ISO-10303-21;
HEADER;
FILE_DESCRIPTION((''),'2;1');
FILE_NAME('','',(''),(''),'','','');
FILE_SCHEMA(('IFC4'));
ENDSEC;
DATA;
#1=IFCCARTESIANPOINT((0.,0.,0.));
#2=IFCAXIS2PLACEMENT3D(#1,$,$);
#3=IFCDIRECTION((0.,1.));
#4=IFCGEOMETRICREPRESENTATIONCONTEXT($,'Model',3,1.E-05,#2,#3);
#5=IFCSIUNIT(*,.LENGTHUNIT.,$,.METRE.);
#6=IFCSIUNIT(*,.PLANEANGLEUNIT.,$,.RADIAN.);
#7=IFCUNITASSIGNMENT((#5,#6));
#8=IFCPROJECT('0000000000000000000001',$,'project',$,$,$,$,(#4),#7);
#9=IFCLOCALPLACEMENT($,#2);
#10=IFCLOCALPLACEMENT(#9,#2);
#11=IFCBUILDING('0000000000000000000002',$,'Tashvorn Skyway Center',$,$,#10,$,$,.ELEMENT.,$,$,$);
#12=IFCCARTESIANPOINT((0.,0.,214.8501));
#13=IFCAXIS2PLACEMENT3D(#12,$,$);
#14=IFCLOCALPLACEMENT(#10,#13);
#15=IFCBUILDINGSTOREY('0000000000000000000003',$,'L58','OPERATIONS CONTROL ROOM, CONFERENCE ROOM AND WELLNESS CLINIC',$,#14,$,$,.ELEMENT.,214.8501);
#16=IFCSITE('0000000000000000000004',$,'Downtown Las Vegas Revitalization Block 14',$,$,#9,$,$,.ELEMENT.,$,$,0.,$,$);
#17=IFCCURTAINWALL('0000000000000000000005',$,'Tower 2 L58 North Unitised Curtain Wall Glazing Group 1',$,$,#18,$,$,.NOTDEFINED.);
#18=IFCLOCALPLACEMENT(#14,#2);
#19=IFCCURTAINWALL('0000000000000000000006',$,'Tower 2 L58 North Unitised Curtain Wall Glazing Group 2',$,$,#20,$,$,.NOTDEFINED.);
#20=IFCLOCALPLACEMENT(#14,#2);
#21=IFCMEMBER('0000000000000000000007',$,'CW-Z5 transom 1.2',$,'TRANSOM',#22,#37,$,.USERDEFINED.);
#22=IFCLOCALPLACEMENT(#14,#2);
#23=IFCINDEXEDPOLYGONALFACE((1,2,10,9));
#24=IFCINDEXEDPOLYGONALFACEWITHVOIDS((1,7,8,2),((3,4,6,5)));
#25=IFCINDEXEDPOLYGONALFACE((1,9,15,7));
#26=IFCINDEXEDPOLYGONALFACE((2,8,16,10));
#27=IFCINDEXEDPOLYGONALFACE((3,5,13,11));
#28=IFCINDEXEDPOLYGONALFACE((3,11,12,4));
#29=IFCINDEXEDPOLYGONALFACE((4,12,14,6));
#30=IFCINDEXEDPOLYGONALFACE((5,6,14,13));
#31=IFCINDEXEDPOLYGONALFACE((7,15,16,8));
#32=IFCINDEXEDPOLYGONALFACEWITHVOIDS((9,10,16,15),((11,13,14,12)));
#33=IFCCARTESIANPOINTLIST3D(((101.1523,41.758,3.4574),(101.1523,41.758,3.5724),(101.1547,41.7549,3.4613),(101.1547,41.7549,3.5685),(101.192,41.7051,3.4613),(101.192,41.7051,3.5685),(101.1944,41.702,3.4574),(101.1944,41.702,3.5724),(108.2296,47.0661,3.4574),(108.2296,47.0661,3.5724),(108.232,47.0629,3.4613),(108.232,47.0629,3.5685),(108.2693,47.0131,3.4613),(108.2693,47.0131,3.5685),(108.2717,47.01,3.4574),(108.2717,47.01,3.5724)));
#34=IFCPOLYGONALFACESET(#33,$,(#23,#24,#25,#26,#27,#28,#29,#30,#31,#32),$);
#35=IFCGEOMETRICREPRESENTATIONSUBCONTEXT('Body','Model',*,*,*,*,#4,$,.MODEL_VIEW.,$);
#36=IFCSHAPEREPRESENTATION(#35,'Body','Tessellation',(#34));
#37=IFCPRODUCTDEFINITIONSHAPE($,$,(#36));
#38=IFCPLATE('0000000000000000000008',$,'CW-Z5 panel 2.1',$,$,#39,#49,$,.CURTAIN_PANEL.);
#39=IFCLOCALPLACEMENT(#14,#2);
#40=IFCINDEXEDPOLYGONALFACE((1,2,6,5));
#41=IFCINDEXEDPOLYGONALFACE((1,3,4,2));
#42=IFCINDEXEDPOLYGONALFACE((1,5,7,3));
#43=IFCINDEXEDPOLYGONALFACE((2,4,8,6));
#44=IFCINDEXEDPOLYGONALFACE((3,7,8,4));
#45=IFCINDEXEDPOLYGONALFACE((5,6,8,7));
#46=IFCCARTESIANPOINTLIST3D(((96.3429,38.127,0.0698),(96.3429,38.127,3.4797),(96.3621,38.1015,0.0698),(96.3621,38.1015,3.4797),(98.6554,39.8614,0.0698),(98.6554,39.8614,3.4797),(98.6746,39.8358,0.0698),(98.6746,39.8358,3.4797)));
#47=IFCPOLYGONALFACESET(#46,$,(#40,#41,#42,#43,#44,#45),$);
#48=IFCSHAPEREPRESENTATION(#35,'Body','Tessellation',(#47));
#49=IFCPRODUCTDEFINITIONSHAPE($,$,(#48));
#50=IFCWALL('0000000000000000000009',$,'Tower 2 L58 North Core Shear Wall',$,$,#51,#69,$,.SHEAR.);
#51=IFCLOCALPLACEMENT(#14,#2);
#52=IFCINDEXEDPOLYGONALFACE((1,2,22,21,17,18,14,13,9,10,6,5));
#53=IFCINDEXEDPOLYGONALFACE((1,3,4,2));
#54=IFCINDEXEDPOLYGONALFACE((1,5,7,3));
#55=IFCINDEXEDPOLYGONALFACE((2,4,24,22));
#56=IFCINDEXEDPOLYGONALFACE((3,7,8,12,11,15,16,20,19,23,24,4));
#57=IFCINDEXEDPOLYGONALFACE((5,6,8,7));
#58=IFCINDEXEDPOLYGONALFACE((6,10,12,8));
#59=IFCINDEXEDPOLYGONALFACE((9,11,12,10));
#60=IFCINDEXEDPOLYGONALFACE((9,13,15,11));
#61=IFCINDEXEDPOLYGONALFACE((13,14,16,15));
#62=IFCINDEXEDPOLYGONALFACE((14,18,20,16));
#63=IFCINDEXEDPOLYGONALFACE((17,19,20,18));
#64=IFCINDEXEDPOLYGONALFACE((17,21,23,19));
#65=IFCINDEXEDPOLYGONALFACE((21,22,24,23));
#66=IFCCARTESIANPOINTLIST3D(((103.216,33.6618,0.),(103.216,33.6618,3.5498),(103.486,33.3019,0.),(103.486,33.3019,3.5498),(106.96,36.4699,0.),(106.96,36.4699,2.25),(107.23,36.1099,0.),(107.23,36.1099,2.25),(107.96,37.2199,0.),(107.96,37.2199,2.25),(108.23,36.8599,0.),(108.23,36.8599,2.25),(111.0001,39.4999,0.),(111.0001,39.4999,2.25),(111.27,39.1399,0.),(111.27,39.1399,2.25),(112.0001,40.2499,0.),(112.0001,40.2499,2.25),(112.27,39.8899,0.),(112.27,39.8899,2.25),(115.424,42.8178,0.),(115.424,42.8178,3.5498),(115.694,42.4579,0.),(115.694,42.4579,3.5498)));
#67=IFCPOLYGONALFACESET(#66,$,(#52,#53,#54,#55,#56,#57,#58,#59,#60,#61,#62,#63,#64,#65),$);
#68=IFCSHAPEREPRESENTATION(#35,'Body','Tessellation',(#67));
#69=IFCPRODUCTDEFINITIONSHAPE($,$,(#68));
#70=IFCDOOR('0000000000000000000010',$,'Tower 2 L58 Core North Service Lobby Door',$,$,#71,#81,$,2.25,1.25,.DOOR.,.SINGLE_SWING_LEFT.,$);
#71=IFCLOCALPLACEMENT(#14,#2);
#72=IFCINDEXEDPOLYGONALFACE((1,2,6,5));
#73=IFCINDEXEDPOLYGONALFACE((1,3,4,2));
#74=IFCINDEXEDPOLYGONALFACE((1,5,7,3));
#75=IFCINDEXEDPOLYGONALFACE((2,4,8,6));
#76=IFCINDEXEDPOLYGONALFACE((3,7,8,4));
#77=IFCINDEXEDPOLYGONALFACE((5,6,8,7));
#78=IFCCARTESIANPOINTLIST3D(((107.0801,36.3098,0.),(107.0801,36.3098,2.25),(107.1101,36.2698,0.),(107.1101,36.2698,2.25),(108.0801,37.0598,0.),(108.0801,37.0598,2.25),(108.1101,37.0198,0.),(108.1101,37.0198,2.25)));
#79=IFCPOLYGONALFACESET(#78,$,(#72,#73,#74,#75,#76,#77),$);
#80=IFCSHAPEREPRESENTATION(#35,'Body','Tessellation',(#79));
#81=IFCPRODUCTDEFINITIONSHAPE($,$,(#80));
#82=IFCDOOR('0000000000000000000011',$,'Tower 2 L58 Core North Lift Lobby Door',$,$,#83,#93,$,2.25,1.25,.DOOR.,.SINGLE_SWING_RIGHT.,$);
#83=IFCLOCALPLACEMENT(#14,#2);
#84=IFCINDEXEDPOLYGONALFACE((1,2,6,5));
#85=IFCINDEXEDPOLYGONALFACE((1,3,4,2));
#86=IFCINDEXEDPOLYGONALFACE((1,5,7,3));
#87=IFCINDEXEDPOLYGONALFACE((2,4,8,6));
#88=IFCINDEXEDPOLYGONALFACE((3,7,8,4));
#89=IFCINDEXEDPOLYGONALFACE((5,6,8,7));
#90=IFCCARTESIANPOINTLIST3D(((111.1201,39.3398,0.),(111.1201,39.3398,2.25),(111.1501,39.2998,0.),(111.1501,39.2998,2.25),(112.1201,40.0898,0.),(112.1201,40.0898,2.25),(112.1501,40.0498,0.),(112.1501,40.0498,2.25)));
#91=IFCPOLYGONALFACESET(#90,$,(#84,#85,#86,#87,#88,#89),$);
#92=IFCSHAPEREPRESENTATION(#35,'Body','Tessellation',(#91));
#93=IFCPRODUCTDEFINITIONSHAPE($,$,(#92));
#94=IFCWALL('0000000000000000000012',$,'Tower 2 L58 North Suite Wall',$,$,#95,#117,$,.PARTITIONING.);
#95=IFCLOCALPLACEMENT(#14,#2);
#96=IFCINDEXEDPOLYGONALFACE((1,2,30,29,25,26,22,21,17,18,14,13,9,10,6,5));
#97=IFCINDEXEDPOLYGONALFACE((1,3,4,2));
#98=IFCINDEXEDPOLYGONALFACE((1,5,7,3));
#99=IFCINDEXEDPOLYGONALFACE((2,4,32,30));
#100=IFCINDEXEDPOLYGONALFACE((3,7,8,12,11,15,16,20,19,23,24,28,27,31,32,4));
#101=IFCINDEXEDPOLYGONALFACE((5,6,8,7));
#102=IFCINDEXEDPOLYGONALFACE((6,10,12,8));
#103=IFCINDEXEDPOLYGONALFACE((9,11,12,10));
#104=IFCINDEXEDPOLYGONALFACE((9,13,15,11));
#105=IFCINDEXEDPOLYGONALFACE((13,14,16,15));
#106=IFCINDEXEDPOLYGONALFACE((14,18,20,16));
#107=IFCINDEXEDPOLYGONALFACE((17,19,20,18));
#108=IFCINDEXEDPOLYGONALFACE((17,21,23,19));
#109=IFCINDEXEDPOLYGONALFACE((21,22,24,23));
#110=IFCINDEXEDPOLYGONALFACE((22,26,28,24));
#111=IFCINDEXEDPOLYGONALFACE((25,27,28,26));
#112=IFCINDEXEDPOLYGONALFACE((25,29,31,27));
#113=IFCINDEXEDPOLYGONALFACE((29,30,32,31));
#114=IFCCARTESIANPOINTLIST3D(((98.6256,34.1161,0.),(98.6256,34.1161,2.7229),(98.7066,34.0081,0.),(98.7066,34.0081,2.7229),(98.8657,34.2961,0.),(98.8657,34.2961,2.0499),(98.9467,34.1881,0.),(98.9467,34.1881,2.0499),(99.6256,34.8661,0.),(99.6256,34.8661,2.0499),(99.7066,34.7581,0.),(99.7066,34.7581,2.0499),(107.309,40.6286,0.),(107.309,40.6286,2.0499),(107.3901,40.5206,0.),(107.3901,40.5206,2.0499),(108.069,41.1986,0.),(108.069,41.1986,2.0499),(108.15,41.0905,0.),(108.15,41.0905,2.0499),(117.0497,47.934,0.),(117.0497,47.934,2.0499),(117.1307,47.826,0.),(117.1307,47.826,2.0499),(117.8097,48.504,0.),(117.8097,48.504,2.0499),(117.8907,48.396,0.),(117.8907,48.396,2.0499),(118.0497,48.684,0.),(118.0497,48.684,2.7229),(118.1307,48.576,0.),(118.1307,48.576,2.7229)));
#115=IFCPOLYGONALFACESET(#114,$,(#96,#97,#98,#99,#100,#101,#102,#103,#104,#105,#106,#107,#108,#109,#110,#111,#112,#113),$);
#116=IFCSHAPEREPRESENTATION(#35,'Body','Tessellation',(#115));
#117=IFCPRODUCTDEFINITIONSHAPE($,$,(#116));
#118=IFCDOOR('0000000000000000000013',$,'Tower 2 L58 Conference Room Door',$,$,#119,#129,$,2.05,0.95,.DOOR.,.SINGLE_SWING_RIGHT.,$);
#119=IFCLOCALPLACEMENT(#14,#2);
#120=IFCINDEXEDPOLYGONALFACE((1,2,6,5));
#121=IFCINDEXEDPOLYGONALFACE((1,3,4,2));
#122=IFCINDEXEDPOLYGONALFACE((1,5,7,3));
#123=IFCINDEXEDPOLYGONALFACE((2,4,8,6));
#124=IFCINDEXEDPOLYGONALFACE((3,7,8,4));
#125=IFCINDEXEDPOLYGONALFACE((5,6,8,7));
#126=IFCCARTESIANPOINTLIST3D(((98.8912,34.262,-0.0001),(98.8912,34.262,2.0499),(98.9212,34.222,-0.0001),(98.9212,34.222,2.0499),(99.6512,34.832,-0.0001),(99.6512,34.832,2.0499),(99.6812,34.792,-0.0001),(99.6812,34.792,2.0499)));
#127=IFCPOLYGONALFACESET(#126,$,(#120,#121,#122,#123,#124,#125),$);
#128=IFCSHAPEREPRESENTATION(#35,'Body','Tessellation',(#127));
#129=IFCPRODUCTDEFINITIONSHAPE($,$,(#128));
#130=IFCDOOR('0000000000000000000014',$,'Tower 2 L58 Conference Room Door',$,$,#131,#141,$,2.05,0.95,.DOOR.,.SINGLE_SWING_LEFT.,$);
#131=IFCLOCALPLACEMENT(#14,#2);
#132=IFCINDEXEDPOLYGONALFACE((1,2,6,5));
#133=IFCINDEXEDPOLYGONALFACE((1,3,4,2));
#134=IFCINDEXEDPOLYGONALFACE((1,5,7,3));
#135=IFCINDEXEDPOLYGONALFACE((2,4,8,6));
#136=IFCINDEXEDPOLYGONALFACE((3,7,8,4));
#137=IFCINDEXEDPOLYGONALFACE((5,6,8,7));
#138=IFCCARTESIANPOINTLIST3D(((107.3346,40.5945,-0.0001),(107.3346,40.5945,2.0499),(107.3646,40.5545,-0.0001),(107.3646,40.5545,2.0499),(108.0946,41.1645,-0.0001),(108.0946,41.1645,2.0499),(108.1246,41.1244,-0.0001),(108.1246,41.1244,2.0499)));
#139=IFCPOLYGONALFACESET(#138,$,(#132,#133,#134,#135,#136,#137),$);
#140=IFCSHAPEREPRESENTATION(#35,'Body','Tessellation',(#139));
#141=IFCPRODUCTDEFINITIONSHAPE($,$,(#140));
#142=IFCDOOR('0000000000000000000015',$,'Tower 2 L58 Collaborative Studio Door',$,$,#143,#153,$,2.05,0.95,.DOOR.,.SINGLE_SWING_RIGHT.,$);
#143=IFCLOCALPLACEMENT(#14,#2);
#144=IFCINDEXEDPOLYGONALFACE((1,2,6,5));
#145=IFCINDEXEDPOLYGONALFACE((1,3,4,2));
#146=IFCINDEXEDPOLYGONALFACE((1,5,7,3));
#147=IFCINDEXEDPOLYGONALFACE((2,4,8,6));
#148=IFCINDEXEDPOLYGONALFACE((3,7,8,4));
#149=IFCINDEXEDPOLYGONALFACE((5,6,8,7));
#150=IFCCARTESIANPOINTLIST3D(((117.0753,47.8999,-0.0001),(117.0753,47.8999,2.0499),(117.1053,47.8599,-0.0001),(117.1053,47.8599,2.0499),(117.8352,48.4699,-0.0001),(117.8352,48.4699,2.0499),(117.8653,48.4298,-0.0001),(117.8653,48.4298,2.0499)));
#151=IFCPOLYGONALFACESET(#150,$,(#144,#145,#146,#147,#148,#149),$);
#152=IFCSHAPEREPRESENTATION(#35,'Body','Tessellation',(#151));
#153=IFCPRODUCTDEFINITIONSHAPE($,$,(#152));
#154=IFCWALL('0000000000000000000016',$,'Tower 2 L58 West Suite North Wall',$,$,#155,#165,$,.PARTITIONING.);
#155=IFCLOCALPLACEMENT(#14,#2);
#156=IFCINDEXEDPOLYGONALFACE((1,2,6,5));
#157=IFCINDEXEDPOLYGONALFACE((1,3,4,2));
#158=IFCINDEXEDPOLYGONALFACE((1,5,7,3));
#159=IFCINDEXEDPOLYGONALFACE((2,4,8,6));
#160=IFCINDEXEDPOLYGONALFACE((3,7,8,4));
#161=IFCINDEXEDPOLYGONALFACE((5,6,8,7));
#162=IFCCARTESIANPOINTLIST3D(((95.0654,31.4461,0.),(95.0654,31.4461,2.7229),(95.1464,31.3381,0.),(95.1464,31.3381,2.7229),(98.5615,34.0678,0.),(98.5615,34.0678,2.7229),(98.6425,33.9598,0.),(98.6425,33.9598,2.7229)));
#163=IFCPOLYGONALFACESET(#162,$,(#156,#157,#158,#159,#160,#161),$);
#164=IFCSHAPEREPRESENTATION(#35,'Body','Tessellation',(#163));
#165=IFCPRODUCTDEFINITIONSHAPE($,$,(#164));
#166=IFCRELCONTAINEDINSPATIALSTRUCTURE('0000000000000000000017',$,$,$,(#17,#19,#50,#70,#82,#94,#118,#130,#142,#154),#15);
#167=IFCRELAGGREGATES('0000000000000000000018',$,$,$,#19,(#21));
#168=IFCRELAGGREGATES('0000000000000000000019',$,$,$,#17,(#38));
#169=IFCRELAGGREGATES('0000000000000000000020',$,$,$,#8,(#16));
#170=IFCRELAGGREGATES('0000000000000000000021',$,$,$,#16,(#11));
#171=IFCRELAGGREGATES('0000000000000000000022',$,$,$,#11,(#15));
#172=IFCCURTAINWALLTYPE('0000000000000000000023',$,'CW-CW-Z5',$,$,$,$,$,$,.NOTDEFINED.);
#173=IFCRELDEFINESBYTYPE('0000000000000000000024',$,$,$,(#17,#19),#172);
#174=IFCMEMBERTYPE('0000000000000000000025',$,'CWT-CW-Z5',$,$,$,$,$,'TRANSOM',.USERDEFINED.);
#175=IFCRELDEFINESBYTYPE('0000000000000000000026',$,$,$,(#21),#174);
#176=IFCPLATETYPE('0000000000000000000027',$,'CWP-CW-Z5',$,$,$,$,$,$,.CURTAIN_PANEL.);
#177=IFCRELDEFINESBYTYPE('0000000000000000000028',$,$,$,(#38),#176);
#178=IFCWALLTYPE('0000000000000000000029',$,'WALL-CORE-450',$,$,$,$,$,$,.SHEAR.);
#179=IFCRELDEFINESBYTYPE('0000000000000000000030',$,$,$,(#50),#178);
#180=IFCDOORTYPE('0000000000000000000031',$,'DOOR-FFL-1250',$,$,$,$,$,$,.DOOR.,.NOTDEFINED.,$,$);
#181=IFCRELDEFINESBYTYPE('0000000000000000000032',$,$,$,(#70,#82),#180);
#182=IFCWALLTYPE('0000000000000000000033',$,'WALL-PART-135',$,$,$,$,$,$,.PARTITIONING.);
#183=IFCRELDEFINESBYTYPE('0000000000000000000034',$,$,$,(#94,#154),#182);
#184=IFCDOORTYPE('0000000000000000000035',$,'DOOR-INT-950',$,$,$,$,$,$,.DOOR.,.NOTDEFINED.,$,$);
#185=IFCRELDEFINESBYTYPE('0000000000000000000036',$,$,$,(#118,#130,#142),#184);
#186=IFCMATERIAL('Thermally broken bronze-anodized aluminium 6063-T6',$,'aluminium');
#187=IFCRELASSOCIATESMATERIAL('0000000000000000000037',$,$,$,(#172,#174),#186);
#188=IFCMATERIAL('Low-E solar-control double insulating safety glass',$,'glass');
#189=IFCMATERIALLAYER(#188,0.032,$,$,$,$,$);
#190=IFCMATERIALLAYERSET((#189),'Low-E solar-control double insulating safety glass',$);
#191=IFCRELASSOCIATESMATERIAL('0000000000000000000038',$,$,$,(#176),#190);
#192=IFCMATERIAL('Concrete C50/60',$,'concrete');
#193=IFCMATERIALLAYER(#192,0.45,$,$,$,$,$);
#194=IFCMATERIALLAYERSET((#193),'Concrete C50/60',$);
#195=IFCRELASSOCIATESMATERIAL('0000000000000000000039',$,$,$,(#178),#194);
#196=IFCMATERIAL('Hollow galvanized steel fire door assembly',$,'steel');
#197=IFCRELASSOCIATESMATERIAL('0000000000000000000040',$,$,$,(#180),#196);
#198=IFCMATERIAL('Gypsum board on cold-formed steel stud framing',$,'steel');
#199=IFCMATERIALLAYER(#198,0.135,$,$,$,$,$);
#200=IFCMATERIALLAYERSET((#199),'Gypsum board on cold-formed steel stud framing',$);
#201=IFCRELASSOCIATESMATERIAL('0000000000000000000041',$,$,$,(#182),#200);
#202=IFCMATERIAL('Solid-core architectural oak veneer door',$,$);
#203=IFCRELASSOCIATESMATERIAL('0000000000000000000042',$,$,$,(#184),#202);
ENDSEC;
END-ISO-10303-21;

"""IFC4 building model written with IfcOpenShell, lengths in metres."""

from ifc_helpers import new_model, si_unit, direction, frame, frame_2d, origin, origin_2d, place, context, subcontext, project, spatial, rectangle, hollow_rectangle, extrude, material, layer, layer_set, material_profile, profile_set, type_object, element, fill, aggregate, save


model = new_model("IFC4")

# Units and contexts
model_context = context("Model", 3, precision=1e-05, world=origin(), true_north=direction((0.0, 1.0)))
body_context = subcontext(model_context, "Body", "Model", "MODEL_VIEW")
ifc_project = project(units=[si_unit("LENGTHUNIT", "METRE"), si_unit("PLANEANGLEUNIT", "RADIAN")], contexts=[model_context])

# Site, building, storey
site_placement = place(None, origin())
site = spatial("IfcSite", under=ifc_project, at=site_placement, Name="Downtown Las Vegas Revitalization Block 14", CompositionType="ELEMENT", RefElevation=0.0)
building_placement = place(site_placement, origin())
building = spatial("IfcBuilding", under=site, at=building_placement, Name="Tashvorn Skyway Center", CompositionType="ELEMENT")
storey_placement = place(building_placement, frame((0.0, 0.0, 214.8501)))
storey = spatial("IfcBuildingStorey", under=building, at=storey_placement, Name="L58", Description="OPERATIONS CONTROL ROOM, CONFERENCE ROOM AND WELLNESS CLINIC", CompositionType="ELEMENT", Elevation=214.8501)

# Curtain walls
ifc_material_1 = material(Name="Thermally broken bronze-anodized aluminium 6063-T6", Category="aluminium")
curtain_wall_type = type_object("IfcCurtainWallType", Name="CW-CW-Z5", PredefinedType="NOTDEFINED", material=ifc_material_1)
curtain_wall_1_placement = place(storey_placement, origin())
curtain_wall_1 = element("IfcCurtainWall", 1, at=curtain_wall_1_placement, inside=storey, type_object=curtain_wall_type, Name="Tower 2 L58 North Unitised Curtain Wall Glazing Group 1", PredefinedType="NOTDEFINED")
curtain_wall_2_placement = place(storey_placement, origin())
curtain_wall_2 = element("IfcCurtainWall", 2, at=curtain_wall_2_placement, inside=storey, type_object=curtain_wall_type, Name="Tower 2 L58 North Unitised Curtain Wall Glazing Group 2", PredefinedType="NOTDEFINED")

# Member
ifc_material_profile_1 = material_profile(ifc_material_1, hollow_rectangle(XDim=0.0701, YDim=0.115, WallThickness=0.0039, at=origin_2d()), Name="ALU-TRAN-70x115")
ifc_profile_set_1 = profile_set([ifc_material_profile_1], Name="Thermally broken bronze-anodized aluminium 6063-T6")
member_type_1 = type_object("IfcMemberType", Name="CWT-CW-Z5", ElementType="TRANSOM", PredefinedType="USERDEFINED", material=ifc_profile_set_1)
member_1_placement = place(storey_placement, frame((101.1733, 41.73, 3.5149), z_axis=(0.799997, 0.600004, 0.0), x_axis=(-0.600004, 0.799997, 0.0)))
member_1 = element("IfcMember", 3, at=member_1_placement, type_object=member_type_1, Name="CW-Z5 transom 1.2", ObjectType="TRANSOM", PredefinedType="USERDEFINED", context=body_context, shape_type="SweptSolid", body=[
    extrude(hollow_rectangle(XDim=0.0701, YDim=0.115, WallThickness=0.0039, at=origin_2d()), origin(), (0.0, 0.0, 1.0), 8.8467),
])
aggregate(curtain_wall_2, [member_1])

# Plate
ifc_material_2 = material(Name="Low-E solar-control double insulating safety glass", Category="glass")
ifc_layer_1 = layer(ifc_material_2, 0.032)
ifc_layer_set_1 = layer_set([ifc_layer_1], Name="Low-E solar-control double insulating safety glass")
plate_type = type_object("IfcPlateType", Name="CWP-CW-Z5", PredefinedType="CURTAIN_PANEL", material=ifc_layer_set_1)
plate_placement = place(storey_placement, frame((97.5088, 38.9814, 0.0698), z_axis=(0.0, 0.0, 1.0), x_axis=(0.799998, 0.600003, 0.0)))
plate = element("IfcPlate", 4, at=plate_placement, type_object=plate_type, Name="CW-Z5 panel 2.1", PredefinedType="CURTAIN_PANEL", context=body_context, shape_type="SweptSolid", body=[
    extrude(rectangle(XDim=2.8906, YDim=0.032, at=origin_2d()), origin(), (0.0, 0.0, 1.0), 3.4099),
])
aggregate(curtain_wall_1, [plate])

# Walls, openings, doors
ifc_material_3 = material(Name="Concrete C50/60", Category="concrete")
ifc_layer_2 = layer(ifc_material_3, 0.45)
ifc_layer_set_2 = layer_set([ifc_layer_2], Name="Concrete C50/60")
wall_type_1 = type_object("IfcWallType", Name="WALL-CORE-450", PredefinedType="SHEAR", material=ifc_layer_set_2)
wall_1_placement = place(storey_placement, frame((103.3511, 33.4819, 0.0), z_axis=(0.0, 0.0, 1.0), x_axis=(0.8, 0.6, 0.0)))
wall_1 = element("IfcWall", 5, at=wall_1_placement, inside=storey, type_object=wall_type_1, Name="Tower 2 L58 North Core Shear Wall", PredefinedType="SHEAR", context=body_context, shape_type="SweptSolid", body=[
    extrude(rectangle(XDim=15.26, YDim=0.45, at=frame_2d((7.6299, 0.0))), origin(), (0.0, 0.0, 1.0), 3.5498),
])
opening_1_placement = place(wall_1_placement, frame((4.6799, 0.0, 0.0)))
opening_1 = element("IfcOpeningElement", 6, at=opening_1_placement, cuts=wall_1, PredefinedType="OPENING", context=body_context, shape_type="SweptSolid", body=[
    extrude(rectangle(XDim=1.25, YDim=2.25, at=frame_2d((0.625, 1.125))), frame((0.0, 0.2349, 0.0), z_axis=(0.0, -1.0, 0.0), x_axis=(1.0, 0.0, 0.0)), (0.0, 0.0, 1.0), 0.47),
])
opening_2_placement = place(wall_1_placement, frame((9.73, 0.0, 0.0)))
opening_2 = element("IfcOpeningElement", 7, at=opening_2_placement, cuts=wall_1, PredefinedType="OPENING", context=body_context, shape_type="SweptSolid", body=[
    extrude(rectangle(XDim=1.25, YDim=2.25, at=frame_2d((0.625, 1.125))), frame((0.0, 0.2349, 0.0), z_axis=(0.0, -1.0, 0.0), x_axis=(1.0, 0.0, 0.0)), (0.0, 0.0, 1.0), 0.47),
])
ifc_material_4 = material(Name="Hollow galvanized steel fire door assembly", Category="steel")
door_type_1 = type_object("IfcDoorType", Name="DOOR-FFL-1250", OperationType="NOTDEFINED", PredefinedType="DOOR", material=ifc_material_4)
door_1_placement = place(opening_1_placement, origin())
door_1 = element("IfcDoor", 8, at=door_1_placement, inside=storey, type_object=door_type_1, Name="Tower 2 L58 Core North Service Lobby Door", OperationType="SINGLE_SWING_LEFT", OverallHeight=2.25, OverallWidth=1.25, PredefinedType="DOOR", context=body_context, shape_type="SweptSolid", body=[
    extrude(rectangle(XDim=1.25, YDim=2.25, at=frame_2d((0.625, 1.125))), frame((0.0, 0.0249, 0.0), z_axis=(0.0, -1.0, 0.0), x_axis=(1.0, 0.0, 0.0)), (0.0, 0.0, 1.0), 0.05),
])
fill(opening_1, door_1)
door_2_placement = place(opening_2_placement, origin())
door_2 = element("IfcDoor", 9, at=door_2_placement, inside=storey, type_object=door_type_1, Name="Tower 2 L58 Core North Lift Lobby Door", OperationType="SINGLE_SWING_RIGHT", OverallHeight=2.25, OverallWidth=1.25, PredefinedType="DOOR", context=body_context, shape_type="SweptSolid", body=[
    extrude(rectangle(XDim=1.25, YDim=2.25, at=frame_2d((0.625, 1.125))), frame((0.0, 0.0249, 0.0), z_axis=(0.0, -1.0, 0.0), x_axis=(1.0, 0.0, 0.0)), (0.0, 0.0, 1.0), 0.05),
])
fill(opening_2, door_2)
ifc_material_5 = material(Name="Gypsum board on cold-formed steel stud framing", Category="steel")
ifc_layer_3 = layer(ifc_material_5, 0.135)
ifc_layer_set_3 = layer_set([ifc_layer_3], Name="Gypsum board on cold-formed steel stud framing")
wall_type_2 = type_object("IfcWallType", Name="WALL-PART-135", PredefinedType="PARTITIONING", material=ifc_layer_set_3)
wall_2_placement = place(storey_placement, frame((98.666, 34.062, 0.0), z_axis=(0.0, 0.0, 1.0), x_axis=(0.800004, 0.599995, 0.0)))
wall_2 = element("IfcWall", 10, at=wall_2_placement, inside=storey, type_object=wall_type_2, Name="Tower 2 L58 North Suite Wall", PredefinedType="PARTITIONING", context=body_context, shape_type="SweptSolid", body=[
    extrude(rectangle(XDim=24.28, YDim=0.135, at=frame_2d((12.1401, 0.0))), origin(), (0.0, 0.0, 1.0), 2.7229),
])
opening_3_placement = place(wall_2_placement, frame((0.3, 0.0, 0.0)))
opening_3 = element("IfcOpeningElement", 11, at=opening_3_placement, cuts=wall_2, PredefinedType="OPENING", context=body_context, shape_type="SweptSolid", body=[
    extrude(rectangle(XDim=0.95, YDim=2.05, at=frame_2d((0.4751, 1.0249))), frame((0.0, 0.0774, 0.0), z_axis=(0.0, -1.0, 0.0), x_axis=(1.0, 0.0, 0.0)), (0.0, 0.0, 1.0), 0.155),
])
opening_4_placement = place(wall_2_placement, frame((10.8542, 0.0, 0.0)))
opening_4 = element("IfcOpeningElement", 12, at=opening_4_placement, cuts=wall_2, PredefinedType="OPENING", context=body_context, shape_type="SweptSolid", body=[
    extrude(rectangle(XDim=0.95, YDim=2.05, at=frame_2d((0.4751, 1.0249))), frame((0.0, 0.0774, 0.0), z_axis=(0.0, -1.0, 0.0), x_axis=(1.0, 0.0, 0.0)), (0.0, 0.0, 1.0), 0.155),
])
opening_5_placement = place(wall_2_placement, frame((23.03, 0.0, 0.0)))
opening_5 = element("IfcOpeningElement", 13, at=opening_5_placement, cuts=wall_2, PredefinedType="OPENING", context=body_context, shape_type="SweptSolid", body=[
    extrude(rectangle(XDim=0.95, YDim=2.05, at=frame_2d((0.4751, 1.0249))), frame((0.0, 0.0774, 0.0), z_axis=(0.0, -1.0, 0.0), x_axis=(1.0, 0.0, 0.0)), (0.0, 0.0, 1.0), 0.155),
])
ifc_material_6 = material(Name="Solid-core architectural oak veneer door")
door_type_2 = type_object("IfcDoorType", Name="DOOR-INT-950", OperationType="NOTDEFINED", PredefinedType="DOOR", material=ifc_material_6)
door_3_placement = place(opening_3_placement, origin())
door_3 = element("IfcDoor", 14, at=door_3_placement, inside=storey, type_object=door_type_2, Name="Tower 2 L58 Conference Room Door", OperationType="SINGLE_SWING_RIGHT", OverallHeight=2.05, OverallWidth=0.95, PredefinedType="DOOR", context=body_context, shape_type="SweptSolid", body=[
    extrude(rectangle(XDim=0.95, YDim=2.05, at=frame_2d((0.4751, 1.0249))), frame((0.0, 0.0249, 0.0), z_axis=(0.0, -1.0, 0.0), x_axis=(1.0, 0.0, 0.0)), (0.0, 0.0, 1.0), 0.05),
])
fill(opening_3, door_3)
door_4_placement = place(opening_4_placement, origin())
door_4 = element("IfcDoor", 15, at=door_4_placement, inside=storey, type_object=door_type_2, Name="Tower 2 L58 Conference Room Door", OperationType="SINGLE_SWING_LEFT", OverallHeight=2.05, OverallWidth=0.95, PredefinedType="DOOR", context=body_context, shape_type="SweptSolid", body=[
    extrude(rectangle(XDim=0.95, YDim=2.05, at=frame_2d((0.4751, 1.0249))), frame((0.0, 0.0249, 0.0), z_axis=(0.0, -1.0, 0.0), x_axis=(1.0, 0.0, 0.0)), (0.0, 0.0, 1.0), 0.05),
])
fill(opening_4, door_4)
door_5_placement = place(opening_5_placement, origin())
door_5 = element("IfcDoor", 16, at=door_5_placement, inside=storey, type_object=door_type_2, Name="Tower 2 L58 Collaborative Studio Door", OperationType="SINGLE_SWING_RIGHT", OverallHeight=2.05, OverallWidth=0.95, PredefinedType="DOOR", context=body_context, shape_type="SweptSolid", body=[
    extrude(rectangle(XDim=0.95, YDim=2.05, at=frame_2d((0.4751, 1.0249))), frame((0.0, 0.0249, 0.0), z_axis=(0.0, -1.0, 0.0), x_axis=(1.0, 0.0, 0.0)), (0.0, 0.0, 1.0), 0.05),
])
fill(opening_5, door_5)

# Wall
wall_3_placement = place(storey_placement, frame((98.6021, 34.0139, 0.0), z_axis=(0.0, 0.0, 1.0), x_axis=(-0.800027, -0.599964, 0.0)))
element("IfcWall", 17, at=wall_3_placement, inside=storey, type_object=wall_type_2, Name="Tower 2 L58 West Suite North Wall", PredefinedType="PARTITIONING", context=body_context, shape_type="SweptSolid", body=[
    extrude(rectangle(XDim=4.3699, YDim=0.135, at=frame_2d((2.1851, 0.0))), origin(), (0.0, 0.0, 1.0), 2.7229),
])

save(model, "model.ifc")
